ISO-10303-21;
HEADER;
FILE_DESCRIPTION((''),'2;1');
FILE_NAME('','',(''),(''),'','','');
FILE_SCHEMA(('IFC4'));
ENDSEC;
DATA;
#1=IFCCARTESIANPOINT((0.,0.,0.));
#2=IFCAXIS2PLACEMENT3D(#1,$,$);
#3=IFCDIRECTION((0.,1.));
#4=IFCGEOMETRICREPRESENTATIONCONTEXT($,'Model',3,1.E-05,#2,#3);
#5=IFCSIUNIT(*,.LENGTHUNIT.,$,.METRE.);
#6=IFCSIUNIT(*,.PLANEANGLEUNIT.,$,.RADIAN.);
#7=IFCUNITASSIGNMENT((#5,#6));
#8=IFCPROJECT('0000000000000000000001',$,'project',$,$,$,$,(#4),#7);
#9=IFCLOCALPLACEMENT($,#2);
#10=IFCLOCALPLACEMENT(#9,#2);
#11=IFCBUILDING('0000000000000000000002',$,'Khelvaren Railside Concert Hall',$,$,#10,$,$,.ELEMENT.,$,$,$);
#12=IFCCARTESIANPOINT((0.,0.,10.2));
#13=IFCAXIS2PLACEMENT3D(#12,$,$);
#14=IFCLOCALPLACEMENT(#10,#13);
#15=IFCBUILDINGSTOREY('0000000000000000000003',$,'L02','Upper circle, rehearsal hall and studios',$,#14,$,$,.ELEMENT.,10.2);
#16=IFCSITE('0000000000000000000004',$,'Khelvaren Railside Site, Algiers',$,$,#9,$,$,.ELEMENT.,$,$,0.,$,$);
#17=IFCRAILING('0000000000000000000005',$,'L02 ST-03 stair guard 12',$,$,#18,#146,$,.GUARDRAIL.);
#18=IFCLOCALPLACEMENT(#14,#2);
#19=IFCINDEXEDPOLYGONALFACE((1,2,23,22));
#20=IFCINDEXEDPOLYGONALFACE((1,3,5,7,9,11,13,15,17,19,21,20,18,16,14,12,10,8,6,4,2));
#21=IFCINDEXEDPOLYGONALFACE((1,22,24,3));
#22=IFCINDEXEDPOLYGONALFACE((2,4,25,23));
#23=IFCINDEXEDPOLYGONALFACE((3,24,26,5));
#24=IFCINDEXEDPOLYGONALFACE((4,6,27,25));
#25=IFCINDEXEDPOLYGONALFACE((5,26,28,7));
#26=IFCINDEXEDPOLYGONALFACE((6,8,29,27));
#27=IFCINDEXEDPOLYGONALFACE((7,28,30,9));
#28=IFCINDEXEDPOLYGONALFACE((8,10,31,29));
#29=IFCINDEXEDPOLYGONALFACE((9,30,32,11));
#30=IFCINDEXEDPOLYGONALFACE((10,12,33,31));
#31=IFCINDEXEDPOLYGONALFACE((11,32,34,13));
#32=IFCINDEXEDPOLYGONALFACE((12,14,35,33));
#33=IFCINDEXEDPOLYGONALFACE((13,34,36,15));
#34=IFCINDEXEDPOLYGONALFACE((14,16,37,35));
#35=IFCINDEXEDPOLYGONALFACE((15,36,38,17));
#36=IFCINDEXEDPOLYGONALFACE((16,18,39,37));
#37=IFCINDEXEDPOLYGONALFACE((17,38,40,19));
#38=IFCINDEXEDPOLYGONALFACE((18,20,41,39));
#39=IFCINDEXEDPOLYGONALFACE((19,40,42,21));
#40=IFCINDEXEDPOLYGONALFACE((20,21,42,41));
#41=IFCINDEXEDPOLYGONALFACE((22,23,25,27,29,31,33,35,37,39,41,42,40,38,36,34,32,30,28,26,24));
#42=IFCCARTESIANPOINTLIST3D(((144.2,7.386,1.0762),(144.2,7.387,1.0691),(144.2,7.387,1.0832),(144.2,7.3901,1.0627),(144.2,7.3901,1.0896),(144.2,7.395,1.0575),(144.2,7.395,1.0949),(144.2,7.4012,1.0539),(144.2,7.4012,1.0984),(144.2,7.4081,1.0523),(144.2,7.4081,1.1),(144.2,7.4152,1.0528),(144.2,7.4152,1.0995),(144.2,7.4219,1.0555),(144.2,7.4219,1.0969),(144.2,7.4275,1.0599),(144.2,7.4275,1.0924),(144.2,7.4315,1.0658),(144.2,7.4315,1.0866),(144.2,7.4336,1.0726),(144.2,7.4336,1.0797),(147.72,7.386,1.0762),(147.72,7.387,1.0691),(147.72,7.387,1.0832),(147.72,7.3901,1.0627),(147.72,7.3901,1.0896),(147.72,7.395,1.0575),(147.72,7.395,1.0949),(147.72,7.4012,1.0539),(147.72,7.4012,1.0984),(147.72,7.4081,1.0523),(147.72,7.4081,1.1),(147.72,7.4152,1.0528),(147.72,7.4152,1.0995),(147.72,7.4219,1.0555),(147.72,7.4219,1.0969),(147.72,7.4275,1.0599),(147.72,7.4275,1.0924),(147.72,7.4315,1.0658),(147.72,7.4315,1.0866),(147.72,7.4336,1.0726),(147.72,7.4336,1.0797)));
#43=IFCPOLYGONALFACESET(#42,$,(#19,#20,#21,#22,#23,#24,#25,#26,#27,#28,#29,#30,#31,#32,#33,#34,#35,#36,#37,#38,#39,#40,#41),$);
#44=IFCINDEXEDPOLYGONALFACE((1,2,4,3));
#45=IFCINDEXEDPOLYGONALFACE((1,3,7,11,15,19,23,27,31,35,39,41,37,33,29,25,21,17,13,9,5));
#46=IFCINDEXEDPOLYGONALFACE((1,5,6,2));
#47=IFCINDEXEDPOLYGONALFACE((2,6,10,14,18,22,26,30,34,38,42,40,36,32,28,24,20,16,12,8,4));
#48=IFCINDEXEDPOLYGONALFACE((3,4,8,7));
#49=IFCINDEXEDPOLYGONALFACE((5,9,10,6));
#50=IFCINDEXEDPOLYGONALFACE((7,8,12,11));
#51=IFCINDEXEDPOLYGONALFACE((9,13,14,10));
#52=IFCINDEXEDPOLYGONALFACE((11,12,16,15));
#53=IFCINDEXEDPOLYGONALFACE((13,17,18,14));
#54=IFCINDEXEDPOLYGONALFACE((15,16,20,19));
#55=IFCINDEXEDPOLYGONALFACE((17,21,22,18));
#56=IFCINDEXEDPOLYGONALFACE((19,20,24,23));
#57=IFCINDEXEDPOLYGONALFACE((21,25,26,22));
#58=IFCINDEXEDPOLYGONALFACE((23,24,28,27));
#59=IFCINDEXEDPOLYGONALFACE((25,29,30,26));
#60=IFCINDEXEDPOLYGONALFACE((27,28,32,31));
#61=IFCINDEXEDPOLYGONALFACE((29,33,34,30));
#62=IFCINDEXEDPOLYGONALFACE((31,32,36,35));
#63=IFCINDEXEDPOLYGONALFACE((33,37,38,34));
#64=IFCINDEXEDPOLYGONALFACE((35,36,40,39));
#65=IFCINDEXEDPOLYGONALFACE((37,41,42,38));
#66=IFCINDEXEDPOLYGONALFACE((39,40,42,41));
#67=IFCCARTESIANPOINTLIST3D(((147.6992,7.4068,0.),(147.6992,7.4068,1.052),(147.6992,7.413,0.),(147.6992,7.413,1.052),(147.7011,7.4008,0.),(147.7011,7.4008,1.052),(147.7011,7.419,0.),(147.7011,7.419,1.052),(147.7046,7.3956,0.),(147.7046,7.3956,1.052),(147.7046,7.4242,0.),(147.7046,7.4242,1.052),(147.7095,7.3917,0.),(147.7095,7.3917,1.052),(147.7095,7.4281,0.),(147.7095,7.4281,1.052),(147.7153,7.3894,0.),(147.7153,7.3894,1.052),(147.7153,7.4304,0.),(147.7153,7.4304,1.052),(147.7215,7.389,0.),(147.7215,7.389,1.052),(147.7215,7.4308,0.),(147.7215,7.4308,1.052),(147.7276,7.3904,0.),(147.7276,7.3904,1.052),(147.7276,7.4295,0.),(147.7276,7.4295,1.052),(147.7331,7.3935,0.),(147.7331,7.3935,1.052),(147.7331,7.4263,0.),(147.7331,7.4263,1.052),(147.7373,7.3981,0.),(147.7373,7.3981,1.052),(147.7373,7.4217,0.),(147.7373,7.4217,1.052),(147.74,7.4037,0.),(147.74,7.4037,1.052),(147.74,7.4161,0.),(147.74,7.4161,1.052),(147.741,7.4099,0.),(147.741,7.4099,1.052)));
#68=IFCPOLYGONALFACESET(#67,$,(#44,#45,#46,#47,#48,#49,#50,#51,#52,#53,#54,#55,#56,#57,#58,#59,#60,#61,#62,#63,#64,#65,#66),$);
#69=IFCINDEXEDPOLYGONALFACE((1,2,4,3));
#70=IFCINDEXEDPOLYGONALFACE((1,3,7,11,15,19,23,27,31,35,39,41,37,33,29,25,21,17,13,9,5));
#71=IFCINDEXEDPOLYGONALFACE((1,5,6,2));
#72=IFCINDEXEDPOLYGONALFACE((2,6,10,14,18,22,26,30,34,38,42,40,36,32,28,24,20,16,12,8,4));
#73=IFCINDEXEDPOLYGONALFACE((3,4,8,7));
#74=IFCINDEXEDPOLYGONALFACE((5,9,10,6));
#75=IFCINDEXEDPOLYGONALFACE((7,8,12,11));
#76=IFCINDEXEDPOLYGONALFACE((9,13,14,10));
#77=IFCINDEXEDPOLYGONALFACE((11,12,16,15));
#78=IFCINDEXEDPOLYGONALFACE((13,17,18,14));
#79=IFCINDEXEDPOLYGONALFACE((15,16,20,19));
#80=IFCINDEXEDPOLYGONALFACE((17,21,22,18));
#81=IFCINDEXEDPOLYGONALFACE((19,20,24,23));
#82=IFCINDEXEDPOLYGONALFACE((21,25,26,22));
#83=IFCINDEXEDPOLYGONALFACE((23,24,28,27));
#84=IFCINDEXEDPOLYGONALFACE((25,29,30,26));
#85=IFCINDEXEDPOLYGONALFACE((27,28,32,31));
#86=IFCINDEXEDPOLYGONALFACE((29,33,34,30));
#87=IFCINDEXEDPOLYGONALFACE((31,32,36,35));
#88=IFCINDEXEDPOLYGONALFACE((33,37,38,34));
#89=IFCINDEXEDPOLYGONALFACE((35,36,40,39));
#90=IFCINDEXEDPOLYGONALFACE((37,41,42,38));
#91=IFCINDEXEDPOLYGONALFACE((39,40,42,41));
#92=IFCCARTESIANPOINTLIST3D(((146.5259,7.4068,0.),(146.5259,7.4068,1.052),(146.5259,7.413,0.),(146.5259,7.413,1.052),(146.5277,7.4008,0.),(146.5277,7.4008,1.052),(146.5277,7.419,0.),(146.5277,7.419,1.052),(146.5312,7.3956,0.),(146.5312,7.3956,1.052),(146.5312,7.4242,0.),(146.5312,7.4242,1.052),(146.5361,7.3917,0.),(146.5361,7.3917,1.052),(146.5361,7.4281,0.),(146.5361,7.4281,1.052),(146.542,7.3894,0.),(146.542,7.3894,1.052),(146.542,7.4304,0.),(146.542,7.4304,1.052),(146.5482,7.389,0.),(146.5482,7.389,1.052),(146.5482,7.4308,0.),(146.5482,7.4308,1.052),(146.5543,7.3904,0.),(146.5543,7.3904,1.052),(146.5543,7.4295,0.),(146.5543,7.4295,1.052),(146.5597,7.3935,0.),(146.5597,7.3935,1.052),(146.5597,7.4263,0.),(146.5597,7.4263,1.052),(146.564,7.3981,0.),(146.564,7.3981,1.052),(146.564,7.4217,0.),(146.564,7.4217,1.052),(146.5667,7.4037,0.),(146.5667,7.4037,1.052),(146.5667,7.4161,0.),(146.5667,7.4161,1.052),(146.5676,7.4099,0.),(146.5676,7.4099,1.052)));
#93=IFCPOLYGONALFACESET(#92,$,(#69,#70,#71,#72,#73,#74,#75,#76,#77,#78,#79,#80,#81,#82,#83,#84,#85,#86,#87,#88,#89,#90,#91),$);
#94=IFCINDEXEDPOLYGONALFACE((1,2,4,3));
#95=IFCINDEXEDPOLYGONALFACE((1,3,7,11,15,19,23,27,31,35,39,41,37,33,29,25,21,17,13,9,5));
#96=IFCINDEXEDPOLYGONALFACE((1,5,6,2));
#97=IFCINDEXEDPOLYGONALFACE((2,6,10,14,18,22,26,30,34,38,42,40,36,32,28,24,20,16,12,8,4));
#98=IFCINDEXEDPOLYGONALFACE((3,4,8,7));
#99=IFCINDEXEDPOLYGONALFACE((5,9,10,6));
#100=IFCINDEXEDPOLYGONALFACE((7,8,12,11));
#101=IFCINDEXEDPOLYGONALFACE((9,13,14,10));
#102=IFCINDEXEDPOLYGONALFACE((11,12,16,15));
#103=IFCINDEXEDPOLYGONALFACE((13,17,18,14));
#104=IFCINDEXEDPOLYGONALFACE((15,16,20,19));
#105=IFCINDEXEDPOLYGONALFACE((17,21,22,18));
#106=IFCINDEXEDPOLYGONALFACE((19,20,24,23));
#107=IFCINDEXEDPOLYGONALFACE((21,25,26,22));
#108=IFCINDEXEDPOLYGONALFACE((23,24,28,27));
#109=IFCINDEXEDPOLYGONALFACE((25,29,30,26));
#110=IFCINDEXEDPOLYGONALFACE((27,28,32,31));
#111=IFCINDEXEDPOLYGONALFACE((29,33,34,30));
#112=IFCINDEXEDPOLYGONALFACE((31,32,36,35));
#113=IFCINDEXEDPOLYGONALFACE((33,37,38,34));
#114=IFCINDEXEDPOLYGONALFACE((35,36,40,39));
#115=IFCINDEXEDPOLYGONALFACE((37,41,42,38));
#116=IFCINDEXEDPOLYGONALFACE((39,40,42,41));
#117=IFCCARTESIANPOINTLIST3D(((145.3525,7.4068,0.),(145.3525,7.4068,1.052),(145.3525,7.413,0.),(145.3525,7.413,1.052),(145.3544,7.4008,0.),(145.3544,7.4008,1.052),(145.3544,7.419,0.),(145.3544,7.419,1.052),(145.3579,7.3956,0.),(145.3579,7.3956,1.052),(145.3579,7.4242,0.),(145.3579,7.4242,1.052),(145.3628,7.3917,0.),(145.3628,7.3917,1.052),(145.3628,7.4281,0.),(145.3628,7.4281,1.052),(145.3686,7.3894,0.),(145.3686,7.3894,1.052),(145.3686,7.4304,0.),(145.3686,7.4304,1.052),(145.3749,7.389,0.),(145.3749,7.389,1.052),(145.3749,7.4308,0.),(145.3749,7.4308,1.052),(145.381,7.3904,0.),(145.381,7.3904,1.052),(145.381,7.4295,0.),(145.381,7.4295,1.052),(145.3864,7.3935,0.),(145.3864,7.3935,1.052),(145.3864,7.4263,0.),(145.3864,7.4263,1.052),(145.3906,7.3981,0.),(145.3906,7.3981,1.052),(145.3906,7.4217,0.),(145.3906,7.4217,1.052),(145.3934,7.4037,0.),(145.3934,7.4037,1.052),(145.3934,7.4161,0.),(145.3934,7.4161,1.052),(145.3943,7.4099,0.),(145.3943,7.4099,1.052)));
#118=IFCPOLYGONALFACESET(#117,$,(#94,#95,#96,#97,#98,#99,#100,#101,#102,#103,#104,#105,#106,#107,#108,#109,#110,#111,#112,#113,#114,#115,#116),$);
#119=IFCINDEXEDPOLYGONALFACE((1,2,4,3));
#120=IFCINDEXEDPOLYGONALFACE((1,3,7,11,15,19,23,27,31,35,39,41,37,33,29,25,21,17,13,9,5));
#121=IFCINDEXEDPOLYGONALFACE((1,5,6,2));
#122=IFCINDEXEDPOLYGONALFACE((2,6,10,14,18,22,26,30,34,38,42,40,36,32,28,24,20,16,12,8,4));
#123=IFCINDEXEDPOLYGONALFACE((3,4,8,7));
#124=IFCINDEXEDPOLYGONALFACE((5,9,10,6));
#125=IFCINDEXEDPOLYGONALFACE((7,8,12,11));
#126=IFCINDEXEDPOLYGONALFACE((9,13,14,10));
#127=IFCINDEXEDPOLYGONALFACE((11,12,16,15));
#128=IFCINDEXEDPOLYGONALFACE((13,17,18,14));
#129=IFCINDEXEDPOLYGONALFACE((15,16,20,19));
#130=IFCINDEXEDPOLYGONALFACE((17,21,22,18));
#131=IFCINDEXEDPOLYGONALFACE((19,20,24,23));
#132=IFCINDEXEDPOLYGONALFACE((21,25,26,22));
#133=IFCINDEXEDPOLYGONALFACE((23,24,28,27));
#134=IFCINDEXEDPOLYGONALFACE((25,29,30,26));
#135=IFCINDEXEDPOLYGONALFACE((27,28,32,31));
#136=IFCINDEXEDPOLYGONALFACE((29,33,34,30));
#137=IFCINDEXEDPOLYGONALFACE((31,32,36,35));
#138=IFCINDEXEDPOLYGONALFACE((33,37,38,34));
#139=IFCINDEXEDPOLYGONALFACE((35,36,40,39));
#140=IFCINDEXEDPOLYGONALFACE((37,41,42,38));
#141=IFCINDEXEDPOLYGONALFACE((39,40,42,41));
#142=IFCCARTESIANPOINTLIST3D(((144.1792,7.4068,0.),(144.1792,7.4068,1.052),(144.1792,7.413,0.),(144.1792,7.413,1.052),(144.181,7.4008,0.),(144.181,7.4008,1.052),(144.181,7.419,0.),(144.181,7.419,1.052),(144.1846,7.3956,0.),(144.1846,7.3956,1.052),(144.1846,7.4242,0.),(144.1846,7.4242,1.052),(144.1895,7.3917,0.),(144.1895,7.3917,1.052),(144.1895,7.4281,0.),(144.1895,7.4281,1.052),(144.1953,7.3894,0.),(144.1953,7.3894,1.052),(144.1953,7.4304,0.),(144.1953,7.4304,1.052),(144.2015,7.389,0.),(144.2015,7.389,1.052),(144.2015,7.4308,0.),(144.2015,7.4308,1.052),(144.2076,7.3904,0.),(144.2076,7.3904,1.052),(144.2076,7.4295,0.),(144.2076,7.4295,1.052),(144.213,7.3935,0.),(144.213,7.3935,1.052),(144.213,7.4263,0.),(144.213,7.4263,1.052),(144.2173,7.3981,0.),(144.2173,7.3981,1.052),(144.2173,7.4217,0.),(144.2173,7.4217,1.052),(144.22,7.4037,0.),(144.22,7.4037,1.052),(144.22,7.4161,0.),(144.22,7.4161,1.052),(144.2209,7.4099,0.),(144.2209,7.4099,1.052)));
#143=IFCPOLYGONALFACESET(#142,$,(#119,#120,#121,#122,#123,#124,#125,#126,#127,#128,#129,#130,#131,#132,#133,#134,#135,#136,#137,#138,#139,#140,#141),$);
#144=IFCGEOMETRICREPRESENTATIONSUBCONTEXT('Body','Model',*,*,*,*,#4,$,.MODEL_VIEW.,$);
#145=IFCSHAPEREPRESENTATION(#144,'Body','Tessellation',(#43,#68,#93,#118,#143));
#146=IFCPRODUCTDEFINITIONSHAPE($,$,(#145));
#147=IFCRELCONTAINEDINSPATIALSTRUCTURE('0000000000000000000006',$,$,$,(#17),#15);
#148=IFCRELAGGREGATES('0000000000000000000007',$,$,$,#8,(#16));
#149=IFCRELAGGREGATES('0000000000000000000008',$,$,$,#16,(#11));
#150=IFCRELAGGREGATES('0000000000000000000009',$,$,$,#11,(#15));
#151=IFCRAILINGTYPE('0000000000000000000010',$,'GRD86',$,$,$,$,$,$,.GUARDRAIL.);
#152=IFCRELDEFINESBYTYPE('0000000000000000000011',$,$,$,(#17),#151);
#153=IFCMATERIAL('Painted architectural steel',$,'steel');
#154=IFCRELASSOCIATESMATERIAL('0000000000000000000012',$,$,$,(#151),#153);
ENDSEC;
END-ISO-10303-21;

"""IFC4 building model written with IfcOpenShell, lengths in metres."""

from ifc_helpers import new_model, si_unit, direction, frame, origin, origin_2d, place, context, subcontext, project, spatial, circle, extrude, material, type_object, element, save


model = new_model("IFC4")

# Units and contexts
model_context = context("Model", 3, precision=1e-05, world=origin(), true_north=direction((0.0, 1.0)))
body_context = subcontext(model_context, "Body", "Model", "MODEL_VIEW")
ifc_project = project(units=[si_unit("LENGTHUNIT", "METRE"), si_unit("PLANEANGLEUNIT", "RADIAN")], contexts=[model_context])

# Site, building, storey
site_placement = place(None, origin())
site = spatial("IfcSite", under=ifc_project, at=site_placement, Name="Khelvaren Railside Site, Algiers", CompositionType="ELEMENT", RefElevation=0.0)
building_placement = place(site_placement, origin())
building = spatial("IfcBuilding", under=site, at=building_placement, Name="Khelvaren Railside Concert Hall", CompositionType="ELEMENT")
storey_placement = place(building_placement, frame((0.0, 0.0, 10.2)))
storey = spatial("IfcBuildingStorey", under=building, at=storey_placement, Name="L02", Description="Upper circle, rehearsal hall and studios", CompositionType="ELEMENT", Elevation=10.2)

# Railing
ifc_material_1 = material(Name="Painted architectural steel", Category="steel")
railing_type = type_object("IfcRailingType", Name="GRD86", PredefinedType="GUARDRAIL", material=ifc_material_1)
railing_1_placement = place(storey_placement, frame((147.72, 7.4099, 0.0)))
element("IfcRailing", 1, at=railing_1_placement, inside=storey, type_object=railing_type, Name="L02 ST-03 stair guard 12", PredefinedType="GUARDRAIL", context=body_context, shape_type="SweptSolid", body=[
    extrude(circle(Radius=0.0239, at=origin_2d()), frame((0.0, 0.0, 1.0762), z_axis=(-1.0, 0.0, 0.0), x_axis=(0.0, -1.0, 0.0)), (0.0, 0.0, 1.0), 3.52),
    extrude(circle(Radius=0.021, at=origin_2d()), origin(), (0.0, 0.0, 1.0), 1.052),
    extrude(circle(Radius=0.021, at=origin_2d()), frame((-1.1733, 0.0, 0.0)), (0.0, 0.0, 1.0), 1.052),
    extrude(circle(Radius=0.021, at=origin_2d()), frame((-2.3467, 0.0, 0.0)), (0.0, 0.0, 1.0), 1.052),
    extrude(circle(Radius=0.021, at=origin_2d()), frame((-3.52, 0.0, 0.0)), (0.0, 0.0, 1.0), 1.052),
])

save(model, "model.ifc")
